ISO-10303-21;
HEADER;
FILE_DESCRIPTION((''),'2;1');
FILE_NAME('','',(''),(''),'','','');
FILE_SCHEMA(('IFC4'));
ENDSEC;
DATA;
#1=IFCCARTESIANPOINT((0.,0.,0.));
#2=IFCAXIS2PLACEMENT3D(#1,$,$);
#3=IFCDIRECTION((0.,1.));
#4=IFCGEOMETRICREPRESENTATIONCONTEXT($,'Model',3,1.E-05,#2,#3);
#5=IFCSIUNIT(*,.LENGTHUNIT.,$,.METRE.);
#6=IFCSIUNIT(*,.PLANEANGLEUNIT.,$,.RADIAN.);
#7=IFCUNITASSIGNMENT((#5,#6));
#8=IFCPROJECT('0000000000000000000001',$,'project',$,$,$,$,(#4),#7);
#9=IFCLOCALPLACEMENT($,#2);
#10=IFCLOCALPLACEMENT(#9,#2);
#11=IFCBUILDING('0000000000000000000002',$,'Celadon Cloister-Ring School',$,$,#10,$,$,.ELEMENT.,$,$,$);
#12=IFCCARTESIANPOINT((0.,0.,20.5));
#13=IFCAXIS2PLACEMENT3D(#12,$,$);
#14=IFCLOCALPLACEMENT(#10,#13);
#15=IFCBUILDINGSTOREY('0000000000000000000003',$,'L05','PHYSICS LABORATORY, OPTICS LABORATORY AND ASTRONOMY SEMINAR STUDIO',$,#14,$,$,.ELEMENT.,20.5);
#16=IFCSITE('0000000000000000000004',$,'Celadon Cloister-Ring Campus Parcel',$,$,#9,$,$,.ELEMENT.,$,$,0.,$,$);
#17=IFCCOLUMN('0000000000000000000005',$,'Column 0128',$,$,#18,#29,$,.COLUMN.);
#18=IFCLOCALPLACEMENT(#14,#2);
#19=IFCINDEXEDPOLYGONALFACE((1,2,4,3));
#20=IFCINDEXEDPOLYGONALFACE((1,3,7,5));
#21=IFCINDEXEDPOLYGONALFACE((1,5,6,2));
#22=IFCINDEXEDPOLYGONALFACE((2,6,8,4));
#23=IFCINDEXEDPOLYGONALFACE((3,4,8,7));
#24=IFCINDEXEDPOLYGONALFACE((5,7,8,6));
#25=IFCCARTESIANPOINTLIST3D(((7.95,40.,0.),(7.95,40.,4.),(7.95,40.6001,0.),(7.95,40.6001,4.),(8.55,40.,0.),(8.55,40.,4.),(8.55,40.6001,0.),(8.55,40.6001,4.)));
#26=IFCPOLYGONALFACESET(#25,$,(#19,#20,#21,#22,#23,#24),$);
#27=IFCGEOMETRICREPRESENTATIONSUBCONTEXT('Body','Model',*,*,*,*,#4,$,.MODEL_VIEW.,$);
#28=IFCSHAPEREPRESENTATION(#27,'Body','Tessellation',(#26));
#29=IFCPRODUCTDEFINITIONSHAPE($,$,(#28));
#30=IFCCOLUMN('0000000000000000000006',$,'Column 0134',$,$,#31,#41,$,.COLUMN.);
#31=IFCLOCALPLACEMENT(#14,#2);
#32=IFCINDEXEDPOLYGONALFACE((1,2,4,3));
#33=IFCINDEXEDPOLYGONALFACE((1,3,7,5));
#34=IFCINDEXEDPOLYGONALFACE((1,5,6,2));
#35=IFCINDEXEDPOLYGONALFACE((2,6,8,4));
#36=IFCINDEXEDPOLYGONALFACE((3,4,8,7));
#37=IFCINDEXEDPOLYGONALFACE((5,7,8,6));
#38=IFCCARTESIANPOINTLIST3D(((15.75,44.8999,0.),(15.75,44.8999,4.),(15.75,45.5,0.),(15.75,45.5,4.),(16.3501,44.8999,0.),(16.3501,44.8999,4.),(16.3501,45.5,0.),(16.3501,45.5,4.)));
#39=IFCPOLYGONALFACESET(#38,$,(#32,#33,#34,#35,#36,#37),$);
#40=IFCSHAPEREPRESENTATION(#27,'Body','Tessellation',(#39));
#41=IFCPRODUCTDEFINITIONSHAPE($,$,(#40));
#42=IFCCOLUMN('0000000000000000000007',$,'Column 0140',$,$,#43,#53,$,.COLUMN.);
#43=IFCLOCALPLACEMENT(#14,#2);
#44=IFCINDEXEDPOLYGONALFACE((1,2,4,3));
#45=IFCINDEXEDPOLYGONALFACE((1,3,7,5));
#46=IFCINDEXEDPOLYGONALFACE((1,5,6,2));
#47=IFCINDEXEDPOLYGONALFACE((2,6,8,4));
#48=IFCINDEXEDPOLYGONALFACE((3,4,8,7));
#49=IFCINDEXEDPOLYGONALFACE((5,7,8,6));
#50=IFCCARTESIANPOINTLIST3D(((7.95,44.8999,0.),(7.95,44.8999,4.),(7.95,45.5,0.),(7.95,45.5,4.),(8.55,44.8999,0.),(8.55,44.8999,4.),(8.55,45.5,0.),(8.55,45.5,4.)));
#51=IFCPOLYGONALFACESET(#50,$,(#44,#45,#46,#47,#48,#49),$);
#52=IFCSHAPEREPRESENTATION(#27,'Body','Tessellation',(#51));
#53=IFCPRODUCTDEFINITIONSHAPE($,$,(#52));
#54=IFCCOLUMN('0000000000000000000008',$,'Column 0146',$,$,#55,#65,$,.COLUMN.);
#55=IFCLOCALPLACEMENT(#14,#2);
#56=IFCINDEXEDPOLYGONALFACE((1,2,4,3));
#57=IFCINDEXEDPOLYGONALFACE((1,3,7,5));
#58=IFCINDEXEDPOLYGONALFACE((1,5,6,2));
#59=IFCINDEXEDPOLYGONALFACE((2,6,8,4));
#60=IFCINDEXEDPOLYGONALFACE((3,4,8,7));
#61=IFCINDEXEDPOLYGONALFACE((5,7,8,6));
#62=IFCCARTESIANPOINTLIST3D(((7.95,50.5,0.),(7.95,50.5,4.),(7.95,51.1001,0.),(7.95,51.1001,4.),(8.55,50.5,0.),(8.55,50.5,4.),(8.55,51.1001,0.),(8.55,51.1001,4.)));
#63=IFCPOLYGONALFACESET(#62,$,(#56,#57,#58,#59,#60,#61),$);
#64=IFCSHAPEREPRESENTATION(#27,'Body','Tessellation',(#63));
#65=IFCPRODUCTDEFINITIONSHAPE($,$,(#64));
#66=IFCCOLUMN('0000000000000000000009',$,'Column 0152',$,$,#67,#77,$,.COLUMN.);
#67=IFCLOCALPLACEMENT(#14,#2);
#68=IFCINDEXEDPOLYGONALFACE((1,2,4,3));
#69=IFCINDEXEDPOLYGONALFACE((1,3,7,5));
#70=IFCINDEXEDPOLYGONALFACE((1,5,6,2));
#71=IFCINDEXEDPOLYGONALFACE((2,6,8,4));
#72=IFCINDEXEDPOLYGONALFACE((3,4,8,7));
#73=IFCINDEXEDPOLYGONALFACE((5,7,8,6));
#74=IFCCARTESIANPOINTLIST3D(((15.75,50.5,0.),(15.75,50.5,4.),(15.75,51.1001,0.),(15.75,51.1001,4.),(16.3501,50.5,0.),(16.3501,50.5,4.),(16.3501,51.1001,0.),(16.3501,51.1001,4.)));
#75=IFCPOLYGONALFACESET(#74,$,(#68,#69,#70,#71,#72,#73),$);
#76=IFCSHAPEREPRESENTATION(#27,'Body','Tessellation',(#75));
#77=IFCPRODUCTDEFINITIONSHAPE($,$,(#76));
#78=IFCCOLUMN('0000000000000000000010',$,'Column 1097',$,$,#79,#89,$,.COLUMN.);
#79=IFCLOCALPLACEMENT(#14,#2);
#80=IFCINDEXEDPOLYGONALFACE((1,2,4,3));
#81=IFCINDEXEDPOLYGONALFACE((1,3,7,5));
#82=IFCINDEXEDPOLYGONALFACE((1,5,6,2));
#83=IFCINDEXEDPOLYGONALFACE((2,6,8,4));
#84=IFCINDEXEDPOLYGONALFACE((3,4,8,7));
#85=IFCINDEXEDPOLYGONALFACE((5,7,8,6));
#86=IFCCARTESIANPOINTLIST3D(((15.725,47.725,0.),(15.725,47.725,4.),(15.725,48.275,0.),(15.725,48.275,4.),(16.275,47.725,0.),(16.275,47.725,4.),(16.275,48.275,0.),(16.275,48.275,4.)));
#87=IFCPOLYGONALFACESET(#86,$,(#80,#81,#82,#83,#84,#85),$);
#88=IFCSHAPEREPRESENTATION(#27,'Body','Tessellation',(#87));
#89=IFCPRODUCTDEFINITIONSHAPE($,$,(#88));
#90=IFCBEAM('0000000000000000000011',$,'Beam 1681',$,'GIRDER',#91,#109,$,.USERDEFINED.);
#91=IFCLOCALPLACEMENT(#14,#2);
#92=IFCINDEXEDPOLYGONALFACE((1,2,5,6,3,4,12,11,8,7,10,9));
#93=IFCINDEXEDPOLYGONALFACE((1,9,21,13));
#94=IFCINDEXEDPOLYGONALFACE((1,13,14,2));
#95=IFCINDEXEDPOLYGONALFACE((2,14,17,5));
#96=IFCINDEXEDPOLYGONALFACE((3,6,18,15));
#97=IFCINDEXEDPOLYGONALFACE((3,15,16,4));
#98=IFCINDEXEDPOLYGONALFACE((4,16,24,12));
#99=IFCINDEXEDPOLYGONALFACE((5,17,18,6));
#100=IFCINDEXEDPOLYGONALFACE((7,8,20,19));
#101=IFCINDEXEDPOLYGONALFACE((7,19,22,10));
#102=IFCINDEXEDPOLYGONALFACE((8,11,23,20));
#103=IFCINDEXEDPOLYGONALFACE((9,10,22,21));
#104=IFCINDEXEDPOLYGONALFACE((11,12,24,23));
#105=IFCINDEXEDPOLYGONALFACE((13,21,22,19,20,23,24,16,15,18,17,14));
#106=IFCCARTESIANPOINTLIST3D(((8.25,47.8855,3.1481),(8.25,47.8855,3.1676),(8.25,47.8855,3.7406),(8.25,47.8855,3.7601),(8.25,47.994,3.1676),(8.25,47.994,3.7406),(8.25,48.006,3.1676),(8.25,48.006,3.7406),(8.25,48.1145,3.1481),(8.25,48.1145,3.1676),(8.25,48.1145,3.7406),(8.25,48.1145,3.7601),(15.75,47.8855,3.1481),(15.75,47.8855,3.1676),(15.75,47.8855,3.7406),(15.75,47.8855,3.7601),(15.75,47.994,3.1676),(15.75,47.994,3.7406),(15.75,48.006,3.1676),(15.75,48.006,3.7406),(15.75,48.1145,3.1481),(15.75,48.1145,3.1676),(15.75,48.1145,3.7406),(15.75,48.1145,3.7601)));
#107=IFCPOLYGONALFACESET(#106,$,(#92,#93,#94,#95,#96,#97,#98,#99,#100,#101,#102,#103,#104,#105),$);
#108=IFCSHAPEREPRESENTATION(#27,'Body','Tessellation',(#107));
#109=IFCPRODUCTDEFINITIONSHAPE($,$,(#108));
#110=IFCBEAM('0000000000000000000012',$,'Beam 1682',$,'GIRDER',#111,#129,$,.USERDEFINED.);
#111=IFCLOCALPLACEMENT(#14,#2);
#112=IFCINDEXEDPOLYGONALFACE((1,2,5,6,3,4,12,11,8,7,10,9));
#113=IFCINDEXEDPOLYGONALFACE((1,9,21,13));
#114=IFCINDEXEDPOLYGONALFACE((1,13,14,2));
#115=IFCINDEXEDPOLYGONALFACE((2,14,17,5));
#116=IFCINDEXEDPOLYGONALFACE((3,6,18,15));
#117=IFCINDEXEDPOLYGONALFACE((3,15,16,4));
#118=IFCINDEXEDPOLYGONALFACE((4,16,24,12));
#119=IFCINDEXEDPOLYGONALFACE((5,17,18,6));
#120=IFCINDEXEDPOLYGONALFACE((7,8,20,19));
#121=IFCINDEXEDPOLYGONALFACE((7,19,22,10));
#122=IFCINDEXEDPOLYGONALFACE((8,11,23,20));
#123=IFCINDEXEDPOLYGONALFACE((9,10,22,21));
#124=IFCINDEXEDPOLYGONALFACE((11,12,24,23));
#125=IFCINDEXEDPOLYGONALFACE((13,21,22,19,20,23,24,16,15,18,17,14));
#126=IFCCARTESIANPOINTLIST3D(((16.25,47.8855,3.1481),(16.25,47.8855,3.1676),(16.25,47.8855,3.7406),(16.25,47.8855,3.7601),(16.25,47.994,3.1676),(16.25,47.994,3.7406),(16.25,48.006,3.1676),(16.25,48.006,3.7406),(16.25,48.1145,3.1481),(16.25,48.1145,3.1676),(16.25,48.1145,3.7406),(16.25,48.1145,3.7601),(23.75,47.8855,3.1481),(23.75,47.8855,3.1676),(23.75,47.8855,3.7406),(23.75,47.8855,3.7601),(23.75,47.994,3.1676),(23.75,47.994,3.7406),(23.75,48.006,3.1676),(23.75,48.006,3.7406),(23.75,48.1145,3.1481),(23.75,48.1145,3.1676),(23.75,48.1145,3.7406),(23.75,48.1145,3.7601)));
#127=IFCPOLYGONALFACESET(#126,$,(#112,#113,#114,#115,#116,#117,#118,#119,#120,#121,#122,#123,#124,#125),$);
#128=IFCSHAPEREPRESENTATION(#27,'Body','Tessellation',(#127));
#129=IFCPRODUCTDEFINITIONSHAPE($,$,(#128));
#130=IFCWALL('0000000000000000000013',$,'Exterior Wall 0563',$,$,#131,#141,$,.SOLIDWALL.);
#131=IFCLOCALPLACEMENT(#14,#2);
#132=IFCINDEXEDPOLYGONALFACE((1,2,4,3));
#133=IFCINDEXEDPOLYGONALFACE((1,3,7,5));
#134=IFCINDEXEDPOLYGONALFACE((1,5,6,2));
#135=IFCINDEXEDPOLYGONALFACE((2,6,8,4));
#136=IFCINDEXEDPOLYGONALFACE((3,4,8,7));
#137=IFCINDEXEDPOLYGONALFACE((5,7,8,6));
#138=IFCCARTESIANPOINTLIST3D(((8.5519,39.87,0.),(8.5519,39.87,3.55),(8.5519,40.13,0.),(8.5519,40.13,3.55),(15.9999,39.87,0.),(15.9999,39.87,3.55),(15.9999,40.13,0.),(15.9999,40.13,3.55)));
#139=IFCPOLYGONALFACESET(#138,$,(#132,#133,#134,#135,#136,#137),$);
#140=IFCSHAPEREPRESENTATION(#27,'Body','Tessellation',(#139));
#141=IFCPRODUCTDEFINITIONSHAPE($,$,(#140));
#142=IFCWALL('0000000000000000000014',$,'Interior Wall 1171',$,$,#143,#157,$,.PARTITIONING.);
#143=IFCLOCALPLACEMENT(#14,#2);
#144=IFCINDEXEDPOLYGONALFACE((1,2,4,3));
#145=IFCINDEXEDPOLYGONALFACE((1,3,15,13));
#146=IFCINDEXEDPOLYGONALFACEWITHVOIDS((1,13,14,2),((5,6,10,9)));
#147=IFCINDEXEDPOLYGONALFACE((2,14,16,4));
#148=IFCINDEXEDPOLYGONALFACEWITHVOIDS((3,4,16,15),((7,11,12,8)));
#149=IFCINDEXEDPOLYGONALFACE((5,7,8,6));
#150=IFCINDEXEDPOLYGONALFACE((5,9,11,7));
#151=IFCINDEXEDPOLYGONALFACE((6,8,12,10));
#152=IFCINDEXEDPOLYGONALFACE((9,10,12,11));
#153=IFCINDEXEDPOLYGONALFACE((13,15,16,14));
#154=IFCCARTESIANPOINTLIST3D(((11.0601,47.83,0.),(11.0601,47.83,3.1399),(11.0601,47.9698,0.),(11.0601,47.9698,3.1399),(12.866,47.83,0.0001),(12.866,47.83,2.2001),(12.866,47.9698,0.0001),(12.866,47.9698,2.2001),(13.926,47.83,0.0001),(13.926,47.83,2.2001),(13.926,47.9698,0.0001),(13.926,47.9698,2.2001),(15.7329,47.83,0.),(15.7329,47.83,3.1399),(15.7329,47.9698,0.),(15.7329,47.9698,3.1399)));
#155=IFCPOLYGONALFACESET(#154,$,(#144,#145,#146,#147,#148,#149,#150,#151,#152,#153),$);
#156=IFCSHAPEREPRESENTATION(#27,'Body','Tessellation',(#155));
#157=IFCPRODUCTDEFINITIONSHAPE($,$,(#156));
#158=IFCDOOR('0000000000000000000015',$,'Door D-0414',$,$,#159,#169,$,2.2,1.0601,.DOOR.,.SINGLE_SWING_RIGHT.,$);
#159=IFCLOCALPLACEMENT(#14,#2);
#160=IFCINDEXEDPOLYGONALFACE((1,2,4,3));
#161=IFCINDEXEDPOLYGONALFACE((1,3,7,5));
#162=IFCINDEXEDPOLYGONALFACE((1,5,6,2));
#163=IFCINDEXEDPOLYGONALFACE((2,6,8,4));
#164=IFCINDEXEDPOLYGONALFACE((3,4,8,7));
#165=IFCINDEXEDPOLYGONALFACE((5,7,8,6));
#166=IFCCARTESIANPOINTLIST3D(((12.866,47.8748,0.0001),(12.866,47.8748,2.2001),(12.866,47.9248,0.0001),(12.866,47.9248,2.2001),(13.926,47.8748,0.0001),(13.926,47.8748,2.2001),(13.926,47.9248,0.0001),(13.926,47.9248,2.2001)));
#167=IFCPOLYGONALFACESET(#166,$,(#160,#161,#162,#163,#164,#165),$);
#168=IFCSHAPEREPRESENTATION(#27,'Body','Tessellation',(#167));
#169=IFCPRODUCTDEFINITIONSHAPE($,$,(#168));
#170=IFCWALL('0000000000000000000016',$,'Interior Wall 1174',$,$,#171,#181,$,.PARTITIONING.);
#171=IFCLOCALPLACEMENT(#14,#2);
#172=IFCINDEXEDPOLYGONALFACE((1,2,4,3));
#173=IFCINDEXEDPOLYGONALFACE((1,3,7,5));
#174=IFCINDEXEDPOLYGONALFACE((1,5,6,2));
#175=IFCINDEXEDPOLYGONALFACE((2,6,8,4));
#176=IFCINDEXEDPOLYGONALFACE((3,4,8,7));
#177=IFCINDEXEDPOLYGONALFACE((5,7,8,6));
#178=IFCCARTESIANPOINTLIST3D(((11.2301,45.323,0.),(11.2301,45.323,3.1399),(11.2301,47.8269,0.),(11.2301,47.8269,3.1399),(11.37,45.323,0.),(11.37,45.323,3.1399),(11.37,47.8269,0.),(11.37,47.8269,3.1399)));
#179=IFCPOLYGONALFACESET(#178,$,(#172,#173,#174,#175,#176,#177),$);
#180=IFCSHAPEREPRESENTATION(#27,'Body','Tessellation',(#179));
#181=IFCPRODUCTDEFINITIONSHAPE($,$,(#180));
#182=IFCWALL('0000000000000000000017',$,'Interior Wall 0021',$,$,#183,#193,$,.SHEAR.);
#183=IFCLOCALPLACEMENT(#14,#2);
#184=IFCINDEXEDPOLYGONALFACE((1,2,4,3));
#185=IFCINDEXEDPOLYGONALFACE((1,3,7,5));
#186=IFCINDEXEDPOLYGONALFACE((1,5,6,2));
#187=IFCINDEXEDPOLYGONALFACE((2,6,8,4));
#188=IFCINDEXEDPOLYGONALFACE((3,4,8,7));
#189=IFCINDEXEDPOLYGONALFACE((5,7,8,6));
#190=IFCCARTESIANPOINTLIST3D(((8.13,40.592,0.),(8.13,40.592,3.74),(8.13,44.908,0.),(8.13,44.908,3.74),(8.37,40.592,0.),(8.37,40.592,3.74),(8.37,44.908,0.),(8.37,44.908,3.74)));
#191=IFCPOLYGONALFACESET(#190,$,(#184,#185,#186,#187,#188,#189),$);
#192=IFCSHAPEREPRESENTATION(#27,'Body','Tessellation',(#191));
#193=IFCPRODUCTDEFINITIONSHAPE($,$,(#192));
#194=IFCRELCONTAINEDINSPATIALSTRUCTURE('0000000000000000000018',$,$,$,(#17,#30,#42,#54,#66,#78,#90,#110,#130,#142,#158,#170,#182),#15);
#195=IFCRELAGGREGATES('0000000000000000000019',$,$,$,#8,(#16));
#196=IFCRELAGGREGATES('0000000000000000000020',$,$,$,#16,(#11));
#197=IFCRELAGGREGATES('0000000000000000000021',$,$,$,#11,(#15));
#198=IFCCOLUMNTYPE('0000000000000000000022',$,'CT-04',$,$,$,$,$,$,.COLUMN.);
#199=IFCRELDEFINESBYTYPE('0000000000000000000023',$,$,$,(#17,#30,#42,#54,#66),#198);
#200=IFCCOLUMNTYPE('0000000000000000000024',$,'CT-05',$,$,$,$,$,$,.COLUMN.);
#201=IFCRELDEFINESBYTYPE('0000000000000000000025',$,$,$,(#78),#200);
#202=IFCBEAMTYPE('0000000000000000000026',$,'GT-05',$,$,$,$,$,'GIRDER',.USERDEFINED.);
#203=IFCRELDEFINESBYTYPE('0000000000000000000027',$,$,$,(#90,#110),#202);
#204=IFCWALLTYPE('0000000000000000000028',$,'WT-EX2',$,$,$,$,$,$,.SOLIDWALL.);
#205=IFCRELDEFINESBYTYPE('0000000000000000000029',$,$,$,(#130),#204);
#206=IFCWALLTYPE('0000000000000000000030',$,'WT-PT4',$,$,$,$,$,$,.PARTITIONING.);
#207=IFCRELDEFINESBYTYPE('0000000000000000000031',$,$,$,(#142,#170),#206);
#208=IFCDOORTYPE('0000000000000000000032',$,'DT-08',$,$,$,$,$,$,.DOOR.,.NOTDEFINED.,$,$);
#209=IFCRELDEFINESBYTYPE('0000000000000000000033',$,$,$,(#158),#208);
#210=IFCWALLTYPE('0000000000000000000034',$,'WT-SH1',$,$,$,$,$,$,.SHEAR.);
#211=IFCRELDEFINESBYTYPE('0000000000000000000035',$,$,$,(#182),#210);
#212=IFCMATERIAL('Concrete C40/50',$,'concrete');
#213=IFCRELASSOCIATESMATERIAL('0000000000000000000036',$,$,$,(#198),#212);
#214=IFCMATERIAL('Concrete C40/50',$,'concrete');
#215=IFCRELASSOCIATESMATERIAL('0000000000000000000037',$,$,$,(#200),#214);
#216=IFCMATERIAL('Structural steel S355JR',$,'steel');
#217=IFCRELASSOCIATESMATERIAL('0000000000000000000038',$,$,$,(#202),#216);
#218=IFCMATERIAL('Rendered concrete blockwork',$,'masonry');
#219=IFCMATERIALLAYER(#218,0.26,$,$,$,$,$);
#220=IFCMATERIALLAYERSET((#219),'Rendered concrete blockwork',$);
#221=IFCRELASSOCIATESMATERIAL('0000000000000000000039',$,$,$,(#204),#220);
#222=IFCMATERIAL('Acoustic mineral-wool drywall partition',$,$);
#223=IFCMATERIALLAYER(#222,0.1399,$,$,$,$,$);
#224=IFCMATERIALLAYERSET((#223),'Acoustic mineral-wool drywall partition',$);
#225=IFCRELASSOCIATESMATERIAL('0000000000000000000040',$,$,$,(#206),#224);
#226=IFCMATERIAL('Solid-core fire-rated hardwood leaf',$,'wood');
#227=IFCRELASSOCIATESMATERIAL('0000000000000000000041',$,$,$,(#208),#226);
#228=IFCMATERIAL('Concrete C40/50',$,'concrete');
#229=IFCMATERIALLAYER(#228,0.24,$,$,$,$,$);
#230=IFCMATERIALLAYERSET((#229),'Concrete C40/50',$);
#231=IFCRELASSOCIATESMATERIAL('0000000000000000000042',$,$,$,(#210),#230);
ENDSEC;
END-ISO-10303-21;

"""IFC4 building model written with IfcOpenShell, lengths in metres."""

from ifc_helpers import new_model, si_unit, direction, frame, frame_2d, origin, origin_2d, place, context, subcontext, project, spatial, rectangle, i_section, extrude, material, layer, layer_set, material_profile, profile_set, type_object, element, fill, save


model = new_model("IFC4")

# Units and contexts
model_context = context("Model", 3, precision=1e-05, world=origin(), true_north=direction((0.0, 1.0)))
body_context = subcontext(model_context, "Body", "Model", "MODEL_VIEW")
ifc_project = project(units=[si_unit("LENGTHUNIT", "METRE"), si_unit("PLANEANGLEUNIT", "RADIAN")], contexts=[model_context])

# Site, building, storey
site_placement = place(None, origin())
site = spatial("IfcSite", under=ifc_project, at=site_placement, Name="Celadon Cloister-Ring Campus Parcel", CompositionType="ELEMENT", RefElevation=0.0)
building_placement = place(site_placement, origin())
building = spatial("IfcBuilding", under=site, at=building_placement, Name="Celadon Cloister-Ring School", CompositionType="ELEMENT")
storey_placement = place(building_placement, frame((0.0, 0.0, 20.5)))
storey = spatial("IfcBuildingStorey", under=building, at=storey_placement, Name="L05", Description="PHYSICS LABORATORY, OPTICS LABORATORY AND ASTRONOMY SEMINAR STUDIO", CompositionType="ELEMENT", Elevation=20.5)

# Columns
ifc_material_1 = material(Name="Concrete C40/50", Category="concrete")
ifc_material_profile_1 = material_profile(ifc_material_1, rectangle(XDim=0.6001, YDim=0.6001, at=origin_2d()), Name="RC600X600")
ifc_profile_set_1 = profile_set([ifc_material_profile_1], Name="Concrete C40/50")
column_type_1 = type_object("IfcColumnType", Name="CT-04", PredefinedType="COLUMN", material=ifc_profile_set_1)
for number, where, z_axis, x_axis, name in (
    (1, (8.25, 40.3, 0.0), (0.0, 0.0, 1.0), (1.0, 0.0, 0.0), "Column 0128"),
    (2, (16.05, 45.2, 0.0), (0.0, 0.0, 1.0), (1.0, 0.0, 0.0), "Column 0134"),
    (3, (8.25, 45.2, 0.0), (0.0, 0.0, 1.0), (1.0, 0.0, 0.0), "Column 0140"),
    (4, (8.25, 50.8, 0.0), (0.0, 0.0, 1.0), (1.0, 0.0, 0.0), "Column 0146"),
    (5, (16.05, 50.8, 0.0), (0.0, 0.0, 1.0), (1.0, 0.0, 0.0), "Column 0152"),
):
    element("IfcColumn", number, at=place(storey_placement, frame(where, z_axis=z_axis, x_axis=x_axis)), inside=storey, type_object=column_type_1, Name=name, PredefinedType="COLUMN", context=body_context, shape_type="SweptSolid", body=[
        extrude(rectangle(XDim=0.6001, YDim=0.6001, at=origin_2d()), origin(), (0.0, 0.0, 1.0), 4.0),
    ])
ifc_material_2 = material(Name="Concrete C40/50", Category="concrete")
ifc_material_profile_2 = material_profile(ifc_material_2, rectangle(XDim=0.55, YDim=0.55, at=origin_2d()), Name="RC550X550")
ifc_profile_set_2 = profile_set([ifc_material_profile_2], Name="Concrete C40/50")
column_type_2 = type_object("IfcColumnType", Name="CT-05", PredefinedType="COLUMN", material=ifc_profile_set_2)
column_placement = place(storey_placement, frame((16.0, 48.0, 0.0), z_axis=(0.0, 0.0, 1.0), x_axis=(1.0, 0.0, 0.0)))
element("IfcColumn", 6, at=column_placement, inside=storey, type_object=column_type_2, Name="Column 1097", PredefinedType="COLUMN", context=body_context, shape_type="SweptSolid", body=[
    extrude(rectangle(XDim=0.55, YDim=0.55, at=origin_2d()), origin(), (0.0, 0.0, 1.0), 4.0),
])

# Beams
ifc_material_3 = material(Name="Structural steel S355JR", Category="steel")
ifc_material_profile_3 = material_profile(ifc_material_3, i_section(OverallWidth=0.229, OverallDepth=0.6121, WebThickness=0.012, FlangeThickness=0.0195, at=origin_2d()), Name="W610X125")
ifc_profile_set_3 = profile_set([ifc_material_profile_3], Name="Structural steel S355JR")
beam_type = type_object("IfcBeamType", Name="GT-05", ElementType="GIRDER", PredefinedType="USERDEFINED", material=ifc_profile_set_3)
for number, where, z_axis, x_axis, name in (
    (7, (8.25, 48.0, 3.4541), (1.0, 0.0, 0.0), (0.0, 1.0, 0.0), "Beam 1681"),
    (8, (16.25, 48.0, 3.4541), (1.0, 0.0, 0.0), (0.0, 1.0, 0.0), "Beam 1682"),
):
    element("IfcBeam", number, at=place(storey_placement, frame(where, z_axis=z_axis, x_axis=x_axis)), inside=storey, type_object=beam_type, Name=name, ObjectType="GIRDER", PredefinedType="USERDEFINED", context=body_context, shape_type="SweptSolid", body=[
        extrude(i_section(OverallWidth=0.229, OverallDepth=0.6121, WebThickness=0.012, FlangeThickness=0.0195, at=origin_2d()), origin(), (0.0, 0.0, 1.0), 7.5),
    ])

# Wall
ifc_material_4 = material(Name="Rendered concrete blockwork", Category="masonry")
ifc_layer_1 = layer(ifc_material_4, 0.26)
ifc_layer_set_1 = layer_set([ifc_layer_1], Name="Rendered concrete blockwork")
wall_type_1 = type_object("IfcWallType", Name="WT-EX2", PredefinedType="SOLIDWALL", material=ifc_layer_set_1)
wall_1_placement = place(storey_placement, frame((16.0, 40.0, 0.0), z_axis=(0.0, 0.0, 1.0), x_axis=(-1.0, 0.0, 0.0)))
element("IfcWall", 9, at=wall_1_placement, inside=storey, type_object=wall_type_1, Name="Exterior Wall 0563", PredefinedType="SOLIDWALL", context=body_context, shape_type="SweptSolid", body=[
    extrude(rectangle(XDim=7.448, YDim=0.26, at=frame_2d((3.7241, 0.0))), origin(), (0.0, 0.0, 1.0), 3.55),
])

# Wall, opening, door
ifc_material_5 = material(Name="Acoustic mineral-wool drywall partition")
ifc_layer_2 = layer(ifc_material_5, 0.1399)
ifc_layer_set_2 = layer_set([ifc_layer_2], Name="Acoustic mineral-wool drywall partition")
wall_type_2 = type_object("IfcWallType", Name="WT-PT4", PredefinedType="PARTITIONING", material=ifc_layer_set_2)
wall_2_placement = place(storey_placement, frame((11.0601, 47.8999, 0.0), z_axis=(0.0, 0.0, 1.0), x_axis=(1.0, 0.0, 0.0)))
wall_2 = element("IfcWall", 10, at=wall_2_placement, inside=storey, type_object=wall_type_2, Name="Interior Wall 1171", PredefinedType="PARTITIONING", context=body_context, shape_type="SweptSolid", body=[
    extrude(rectangle(XDim=4.6729, YDim=0.1399, at=frame_2d((2.3364, 0.0))), origin(), (0.0, 0.0, 1.0), 3.1399),
])
opening_1_placement = place(wall_2_placement, frame((1.8059, 0.0, 0.0)))
opening_1 = element("IfcOpeningElement", 11, at=opening_1_placement, cuts=wall_2, PredefinedType="OPENING", context=body_context, shape_type="SweptSolid", body=[
    extrude(rectangle(XDim=1.0601, YDim=2.2, at=frame_2d((0.53, 1.1001))), frame((0.0, 0.0801, 0.0), z_axis=(0.0, -1.0, 0.0), x_axis=(1.0, 0.0, 0.0)), (0.0, 0.0, 1.0), 0.1599),
])
ifc_material_6 = material(Name="Solid-core fire-rated hardwood leaf", Category="wood")
door_type_1 = type_object("IfcDoorType", Name="DT-08", OperationType="NOTDEFINED", PredefinedType="DOOR", material=ifc_material_6)
door_1_placement = place(opening_1_placement, origin())
door_1 = element("IfcDoor", 12, at=door_1_placement, inside=storey, type_object=door_type_1, Name="Door D-0414", OperationType="SINGLE_SWING_RIGHT", OverallHeight=2.2, OverallWidth=1.0601, PredefinedType="DOOR", context=body_context, shape_type="SweptSolid", body=[
    extrude(rectangle(XDim=1.0601, YDim=2.2, at=frame_2d((0.53, 1.1001))), frame((0.0, 0.0249, 0.0), z_axis=(0.0, -1.0, 0.0), x_axis=(1.0, 0.0, 0.0)), (0.0, 0.0, 1.0), 0.05),
])
fill(opening_1, door_1)

# Walls
wall_3_placement = place(storey_placement, frame((11.3, 45.323, 0.0), z_axis=(0.0, 0.0, 1.0), x_axis=(0.0, 1.0, 0.0)))
element("IfcWall", 13, at=wall_3_placement, inside=storey, type_object=wall_type_2, Name="Interior Wall 1174", PredefinedType="PARTITIONING", context=body_context, shape_type="SweptSolid", body=[
    extrude(rectangle(XDim=2.5039, YDim=0.1399, at=frame_2d((1.252, 0.0))), origin(), (0.0, 0.0, 1.0), 3.1399),
])
ifc_material_7 = material(Name="Concrete C40/50", Category="concrete")
ifc_layer_3 = layer(ifc_material_7, 0.24)
ifc_layer_set_3 = layer_set([ifc_layer_3], Name="Concrete C40/50")
wall_type_3 = type_object("IfcWallType", Name="WT-SH1", PredefinedType="SHEAR", material=ifc_layer_set_3)
wall_4_placement = place(storey_placement, frame((8.25, 40.592, 0.0), z_axis=(0.0, 0.0, 1.0), x_axis=(0.0, 1.0, 0.0)))
element("IfcWall", 14, at=wall_4_placement, inside=storey, type_object=wall_type_3, Name="Interior Wall 0021", PredefinedType="SHEAR", context=body_context, shape_type="SweptSolid", body=[
    extrude(rectangle(XDim=4.3159, YDim=0.24, at=frame_2d((2.158, 0.0))), origin(), (0.0, 0.0, 1.0), 3.74),
])

save(model, "model.ifc")
